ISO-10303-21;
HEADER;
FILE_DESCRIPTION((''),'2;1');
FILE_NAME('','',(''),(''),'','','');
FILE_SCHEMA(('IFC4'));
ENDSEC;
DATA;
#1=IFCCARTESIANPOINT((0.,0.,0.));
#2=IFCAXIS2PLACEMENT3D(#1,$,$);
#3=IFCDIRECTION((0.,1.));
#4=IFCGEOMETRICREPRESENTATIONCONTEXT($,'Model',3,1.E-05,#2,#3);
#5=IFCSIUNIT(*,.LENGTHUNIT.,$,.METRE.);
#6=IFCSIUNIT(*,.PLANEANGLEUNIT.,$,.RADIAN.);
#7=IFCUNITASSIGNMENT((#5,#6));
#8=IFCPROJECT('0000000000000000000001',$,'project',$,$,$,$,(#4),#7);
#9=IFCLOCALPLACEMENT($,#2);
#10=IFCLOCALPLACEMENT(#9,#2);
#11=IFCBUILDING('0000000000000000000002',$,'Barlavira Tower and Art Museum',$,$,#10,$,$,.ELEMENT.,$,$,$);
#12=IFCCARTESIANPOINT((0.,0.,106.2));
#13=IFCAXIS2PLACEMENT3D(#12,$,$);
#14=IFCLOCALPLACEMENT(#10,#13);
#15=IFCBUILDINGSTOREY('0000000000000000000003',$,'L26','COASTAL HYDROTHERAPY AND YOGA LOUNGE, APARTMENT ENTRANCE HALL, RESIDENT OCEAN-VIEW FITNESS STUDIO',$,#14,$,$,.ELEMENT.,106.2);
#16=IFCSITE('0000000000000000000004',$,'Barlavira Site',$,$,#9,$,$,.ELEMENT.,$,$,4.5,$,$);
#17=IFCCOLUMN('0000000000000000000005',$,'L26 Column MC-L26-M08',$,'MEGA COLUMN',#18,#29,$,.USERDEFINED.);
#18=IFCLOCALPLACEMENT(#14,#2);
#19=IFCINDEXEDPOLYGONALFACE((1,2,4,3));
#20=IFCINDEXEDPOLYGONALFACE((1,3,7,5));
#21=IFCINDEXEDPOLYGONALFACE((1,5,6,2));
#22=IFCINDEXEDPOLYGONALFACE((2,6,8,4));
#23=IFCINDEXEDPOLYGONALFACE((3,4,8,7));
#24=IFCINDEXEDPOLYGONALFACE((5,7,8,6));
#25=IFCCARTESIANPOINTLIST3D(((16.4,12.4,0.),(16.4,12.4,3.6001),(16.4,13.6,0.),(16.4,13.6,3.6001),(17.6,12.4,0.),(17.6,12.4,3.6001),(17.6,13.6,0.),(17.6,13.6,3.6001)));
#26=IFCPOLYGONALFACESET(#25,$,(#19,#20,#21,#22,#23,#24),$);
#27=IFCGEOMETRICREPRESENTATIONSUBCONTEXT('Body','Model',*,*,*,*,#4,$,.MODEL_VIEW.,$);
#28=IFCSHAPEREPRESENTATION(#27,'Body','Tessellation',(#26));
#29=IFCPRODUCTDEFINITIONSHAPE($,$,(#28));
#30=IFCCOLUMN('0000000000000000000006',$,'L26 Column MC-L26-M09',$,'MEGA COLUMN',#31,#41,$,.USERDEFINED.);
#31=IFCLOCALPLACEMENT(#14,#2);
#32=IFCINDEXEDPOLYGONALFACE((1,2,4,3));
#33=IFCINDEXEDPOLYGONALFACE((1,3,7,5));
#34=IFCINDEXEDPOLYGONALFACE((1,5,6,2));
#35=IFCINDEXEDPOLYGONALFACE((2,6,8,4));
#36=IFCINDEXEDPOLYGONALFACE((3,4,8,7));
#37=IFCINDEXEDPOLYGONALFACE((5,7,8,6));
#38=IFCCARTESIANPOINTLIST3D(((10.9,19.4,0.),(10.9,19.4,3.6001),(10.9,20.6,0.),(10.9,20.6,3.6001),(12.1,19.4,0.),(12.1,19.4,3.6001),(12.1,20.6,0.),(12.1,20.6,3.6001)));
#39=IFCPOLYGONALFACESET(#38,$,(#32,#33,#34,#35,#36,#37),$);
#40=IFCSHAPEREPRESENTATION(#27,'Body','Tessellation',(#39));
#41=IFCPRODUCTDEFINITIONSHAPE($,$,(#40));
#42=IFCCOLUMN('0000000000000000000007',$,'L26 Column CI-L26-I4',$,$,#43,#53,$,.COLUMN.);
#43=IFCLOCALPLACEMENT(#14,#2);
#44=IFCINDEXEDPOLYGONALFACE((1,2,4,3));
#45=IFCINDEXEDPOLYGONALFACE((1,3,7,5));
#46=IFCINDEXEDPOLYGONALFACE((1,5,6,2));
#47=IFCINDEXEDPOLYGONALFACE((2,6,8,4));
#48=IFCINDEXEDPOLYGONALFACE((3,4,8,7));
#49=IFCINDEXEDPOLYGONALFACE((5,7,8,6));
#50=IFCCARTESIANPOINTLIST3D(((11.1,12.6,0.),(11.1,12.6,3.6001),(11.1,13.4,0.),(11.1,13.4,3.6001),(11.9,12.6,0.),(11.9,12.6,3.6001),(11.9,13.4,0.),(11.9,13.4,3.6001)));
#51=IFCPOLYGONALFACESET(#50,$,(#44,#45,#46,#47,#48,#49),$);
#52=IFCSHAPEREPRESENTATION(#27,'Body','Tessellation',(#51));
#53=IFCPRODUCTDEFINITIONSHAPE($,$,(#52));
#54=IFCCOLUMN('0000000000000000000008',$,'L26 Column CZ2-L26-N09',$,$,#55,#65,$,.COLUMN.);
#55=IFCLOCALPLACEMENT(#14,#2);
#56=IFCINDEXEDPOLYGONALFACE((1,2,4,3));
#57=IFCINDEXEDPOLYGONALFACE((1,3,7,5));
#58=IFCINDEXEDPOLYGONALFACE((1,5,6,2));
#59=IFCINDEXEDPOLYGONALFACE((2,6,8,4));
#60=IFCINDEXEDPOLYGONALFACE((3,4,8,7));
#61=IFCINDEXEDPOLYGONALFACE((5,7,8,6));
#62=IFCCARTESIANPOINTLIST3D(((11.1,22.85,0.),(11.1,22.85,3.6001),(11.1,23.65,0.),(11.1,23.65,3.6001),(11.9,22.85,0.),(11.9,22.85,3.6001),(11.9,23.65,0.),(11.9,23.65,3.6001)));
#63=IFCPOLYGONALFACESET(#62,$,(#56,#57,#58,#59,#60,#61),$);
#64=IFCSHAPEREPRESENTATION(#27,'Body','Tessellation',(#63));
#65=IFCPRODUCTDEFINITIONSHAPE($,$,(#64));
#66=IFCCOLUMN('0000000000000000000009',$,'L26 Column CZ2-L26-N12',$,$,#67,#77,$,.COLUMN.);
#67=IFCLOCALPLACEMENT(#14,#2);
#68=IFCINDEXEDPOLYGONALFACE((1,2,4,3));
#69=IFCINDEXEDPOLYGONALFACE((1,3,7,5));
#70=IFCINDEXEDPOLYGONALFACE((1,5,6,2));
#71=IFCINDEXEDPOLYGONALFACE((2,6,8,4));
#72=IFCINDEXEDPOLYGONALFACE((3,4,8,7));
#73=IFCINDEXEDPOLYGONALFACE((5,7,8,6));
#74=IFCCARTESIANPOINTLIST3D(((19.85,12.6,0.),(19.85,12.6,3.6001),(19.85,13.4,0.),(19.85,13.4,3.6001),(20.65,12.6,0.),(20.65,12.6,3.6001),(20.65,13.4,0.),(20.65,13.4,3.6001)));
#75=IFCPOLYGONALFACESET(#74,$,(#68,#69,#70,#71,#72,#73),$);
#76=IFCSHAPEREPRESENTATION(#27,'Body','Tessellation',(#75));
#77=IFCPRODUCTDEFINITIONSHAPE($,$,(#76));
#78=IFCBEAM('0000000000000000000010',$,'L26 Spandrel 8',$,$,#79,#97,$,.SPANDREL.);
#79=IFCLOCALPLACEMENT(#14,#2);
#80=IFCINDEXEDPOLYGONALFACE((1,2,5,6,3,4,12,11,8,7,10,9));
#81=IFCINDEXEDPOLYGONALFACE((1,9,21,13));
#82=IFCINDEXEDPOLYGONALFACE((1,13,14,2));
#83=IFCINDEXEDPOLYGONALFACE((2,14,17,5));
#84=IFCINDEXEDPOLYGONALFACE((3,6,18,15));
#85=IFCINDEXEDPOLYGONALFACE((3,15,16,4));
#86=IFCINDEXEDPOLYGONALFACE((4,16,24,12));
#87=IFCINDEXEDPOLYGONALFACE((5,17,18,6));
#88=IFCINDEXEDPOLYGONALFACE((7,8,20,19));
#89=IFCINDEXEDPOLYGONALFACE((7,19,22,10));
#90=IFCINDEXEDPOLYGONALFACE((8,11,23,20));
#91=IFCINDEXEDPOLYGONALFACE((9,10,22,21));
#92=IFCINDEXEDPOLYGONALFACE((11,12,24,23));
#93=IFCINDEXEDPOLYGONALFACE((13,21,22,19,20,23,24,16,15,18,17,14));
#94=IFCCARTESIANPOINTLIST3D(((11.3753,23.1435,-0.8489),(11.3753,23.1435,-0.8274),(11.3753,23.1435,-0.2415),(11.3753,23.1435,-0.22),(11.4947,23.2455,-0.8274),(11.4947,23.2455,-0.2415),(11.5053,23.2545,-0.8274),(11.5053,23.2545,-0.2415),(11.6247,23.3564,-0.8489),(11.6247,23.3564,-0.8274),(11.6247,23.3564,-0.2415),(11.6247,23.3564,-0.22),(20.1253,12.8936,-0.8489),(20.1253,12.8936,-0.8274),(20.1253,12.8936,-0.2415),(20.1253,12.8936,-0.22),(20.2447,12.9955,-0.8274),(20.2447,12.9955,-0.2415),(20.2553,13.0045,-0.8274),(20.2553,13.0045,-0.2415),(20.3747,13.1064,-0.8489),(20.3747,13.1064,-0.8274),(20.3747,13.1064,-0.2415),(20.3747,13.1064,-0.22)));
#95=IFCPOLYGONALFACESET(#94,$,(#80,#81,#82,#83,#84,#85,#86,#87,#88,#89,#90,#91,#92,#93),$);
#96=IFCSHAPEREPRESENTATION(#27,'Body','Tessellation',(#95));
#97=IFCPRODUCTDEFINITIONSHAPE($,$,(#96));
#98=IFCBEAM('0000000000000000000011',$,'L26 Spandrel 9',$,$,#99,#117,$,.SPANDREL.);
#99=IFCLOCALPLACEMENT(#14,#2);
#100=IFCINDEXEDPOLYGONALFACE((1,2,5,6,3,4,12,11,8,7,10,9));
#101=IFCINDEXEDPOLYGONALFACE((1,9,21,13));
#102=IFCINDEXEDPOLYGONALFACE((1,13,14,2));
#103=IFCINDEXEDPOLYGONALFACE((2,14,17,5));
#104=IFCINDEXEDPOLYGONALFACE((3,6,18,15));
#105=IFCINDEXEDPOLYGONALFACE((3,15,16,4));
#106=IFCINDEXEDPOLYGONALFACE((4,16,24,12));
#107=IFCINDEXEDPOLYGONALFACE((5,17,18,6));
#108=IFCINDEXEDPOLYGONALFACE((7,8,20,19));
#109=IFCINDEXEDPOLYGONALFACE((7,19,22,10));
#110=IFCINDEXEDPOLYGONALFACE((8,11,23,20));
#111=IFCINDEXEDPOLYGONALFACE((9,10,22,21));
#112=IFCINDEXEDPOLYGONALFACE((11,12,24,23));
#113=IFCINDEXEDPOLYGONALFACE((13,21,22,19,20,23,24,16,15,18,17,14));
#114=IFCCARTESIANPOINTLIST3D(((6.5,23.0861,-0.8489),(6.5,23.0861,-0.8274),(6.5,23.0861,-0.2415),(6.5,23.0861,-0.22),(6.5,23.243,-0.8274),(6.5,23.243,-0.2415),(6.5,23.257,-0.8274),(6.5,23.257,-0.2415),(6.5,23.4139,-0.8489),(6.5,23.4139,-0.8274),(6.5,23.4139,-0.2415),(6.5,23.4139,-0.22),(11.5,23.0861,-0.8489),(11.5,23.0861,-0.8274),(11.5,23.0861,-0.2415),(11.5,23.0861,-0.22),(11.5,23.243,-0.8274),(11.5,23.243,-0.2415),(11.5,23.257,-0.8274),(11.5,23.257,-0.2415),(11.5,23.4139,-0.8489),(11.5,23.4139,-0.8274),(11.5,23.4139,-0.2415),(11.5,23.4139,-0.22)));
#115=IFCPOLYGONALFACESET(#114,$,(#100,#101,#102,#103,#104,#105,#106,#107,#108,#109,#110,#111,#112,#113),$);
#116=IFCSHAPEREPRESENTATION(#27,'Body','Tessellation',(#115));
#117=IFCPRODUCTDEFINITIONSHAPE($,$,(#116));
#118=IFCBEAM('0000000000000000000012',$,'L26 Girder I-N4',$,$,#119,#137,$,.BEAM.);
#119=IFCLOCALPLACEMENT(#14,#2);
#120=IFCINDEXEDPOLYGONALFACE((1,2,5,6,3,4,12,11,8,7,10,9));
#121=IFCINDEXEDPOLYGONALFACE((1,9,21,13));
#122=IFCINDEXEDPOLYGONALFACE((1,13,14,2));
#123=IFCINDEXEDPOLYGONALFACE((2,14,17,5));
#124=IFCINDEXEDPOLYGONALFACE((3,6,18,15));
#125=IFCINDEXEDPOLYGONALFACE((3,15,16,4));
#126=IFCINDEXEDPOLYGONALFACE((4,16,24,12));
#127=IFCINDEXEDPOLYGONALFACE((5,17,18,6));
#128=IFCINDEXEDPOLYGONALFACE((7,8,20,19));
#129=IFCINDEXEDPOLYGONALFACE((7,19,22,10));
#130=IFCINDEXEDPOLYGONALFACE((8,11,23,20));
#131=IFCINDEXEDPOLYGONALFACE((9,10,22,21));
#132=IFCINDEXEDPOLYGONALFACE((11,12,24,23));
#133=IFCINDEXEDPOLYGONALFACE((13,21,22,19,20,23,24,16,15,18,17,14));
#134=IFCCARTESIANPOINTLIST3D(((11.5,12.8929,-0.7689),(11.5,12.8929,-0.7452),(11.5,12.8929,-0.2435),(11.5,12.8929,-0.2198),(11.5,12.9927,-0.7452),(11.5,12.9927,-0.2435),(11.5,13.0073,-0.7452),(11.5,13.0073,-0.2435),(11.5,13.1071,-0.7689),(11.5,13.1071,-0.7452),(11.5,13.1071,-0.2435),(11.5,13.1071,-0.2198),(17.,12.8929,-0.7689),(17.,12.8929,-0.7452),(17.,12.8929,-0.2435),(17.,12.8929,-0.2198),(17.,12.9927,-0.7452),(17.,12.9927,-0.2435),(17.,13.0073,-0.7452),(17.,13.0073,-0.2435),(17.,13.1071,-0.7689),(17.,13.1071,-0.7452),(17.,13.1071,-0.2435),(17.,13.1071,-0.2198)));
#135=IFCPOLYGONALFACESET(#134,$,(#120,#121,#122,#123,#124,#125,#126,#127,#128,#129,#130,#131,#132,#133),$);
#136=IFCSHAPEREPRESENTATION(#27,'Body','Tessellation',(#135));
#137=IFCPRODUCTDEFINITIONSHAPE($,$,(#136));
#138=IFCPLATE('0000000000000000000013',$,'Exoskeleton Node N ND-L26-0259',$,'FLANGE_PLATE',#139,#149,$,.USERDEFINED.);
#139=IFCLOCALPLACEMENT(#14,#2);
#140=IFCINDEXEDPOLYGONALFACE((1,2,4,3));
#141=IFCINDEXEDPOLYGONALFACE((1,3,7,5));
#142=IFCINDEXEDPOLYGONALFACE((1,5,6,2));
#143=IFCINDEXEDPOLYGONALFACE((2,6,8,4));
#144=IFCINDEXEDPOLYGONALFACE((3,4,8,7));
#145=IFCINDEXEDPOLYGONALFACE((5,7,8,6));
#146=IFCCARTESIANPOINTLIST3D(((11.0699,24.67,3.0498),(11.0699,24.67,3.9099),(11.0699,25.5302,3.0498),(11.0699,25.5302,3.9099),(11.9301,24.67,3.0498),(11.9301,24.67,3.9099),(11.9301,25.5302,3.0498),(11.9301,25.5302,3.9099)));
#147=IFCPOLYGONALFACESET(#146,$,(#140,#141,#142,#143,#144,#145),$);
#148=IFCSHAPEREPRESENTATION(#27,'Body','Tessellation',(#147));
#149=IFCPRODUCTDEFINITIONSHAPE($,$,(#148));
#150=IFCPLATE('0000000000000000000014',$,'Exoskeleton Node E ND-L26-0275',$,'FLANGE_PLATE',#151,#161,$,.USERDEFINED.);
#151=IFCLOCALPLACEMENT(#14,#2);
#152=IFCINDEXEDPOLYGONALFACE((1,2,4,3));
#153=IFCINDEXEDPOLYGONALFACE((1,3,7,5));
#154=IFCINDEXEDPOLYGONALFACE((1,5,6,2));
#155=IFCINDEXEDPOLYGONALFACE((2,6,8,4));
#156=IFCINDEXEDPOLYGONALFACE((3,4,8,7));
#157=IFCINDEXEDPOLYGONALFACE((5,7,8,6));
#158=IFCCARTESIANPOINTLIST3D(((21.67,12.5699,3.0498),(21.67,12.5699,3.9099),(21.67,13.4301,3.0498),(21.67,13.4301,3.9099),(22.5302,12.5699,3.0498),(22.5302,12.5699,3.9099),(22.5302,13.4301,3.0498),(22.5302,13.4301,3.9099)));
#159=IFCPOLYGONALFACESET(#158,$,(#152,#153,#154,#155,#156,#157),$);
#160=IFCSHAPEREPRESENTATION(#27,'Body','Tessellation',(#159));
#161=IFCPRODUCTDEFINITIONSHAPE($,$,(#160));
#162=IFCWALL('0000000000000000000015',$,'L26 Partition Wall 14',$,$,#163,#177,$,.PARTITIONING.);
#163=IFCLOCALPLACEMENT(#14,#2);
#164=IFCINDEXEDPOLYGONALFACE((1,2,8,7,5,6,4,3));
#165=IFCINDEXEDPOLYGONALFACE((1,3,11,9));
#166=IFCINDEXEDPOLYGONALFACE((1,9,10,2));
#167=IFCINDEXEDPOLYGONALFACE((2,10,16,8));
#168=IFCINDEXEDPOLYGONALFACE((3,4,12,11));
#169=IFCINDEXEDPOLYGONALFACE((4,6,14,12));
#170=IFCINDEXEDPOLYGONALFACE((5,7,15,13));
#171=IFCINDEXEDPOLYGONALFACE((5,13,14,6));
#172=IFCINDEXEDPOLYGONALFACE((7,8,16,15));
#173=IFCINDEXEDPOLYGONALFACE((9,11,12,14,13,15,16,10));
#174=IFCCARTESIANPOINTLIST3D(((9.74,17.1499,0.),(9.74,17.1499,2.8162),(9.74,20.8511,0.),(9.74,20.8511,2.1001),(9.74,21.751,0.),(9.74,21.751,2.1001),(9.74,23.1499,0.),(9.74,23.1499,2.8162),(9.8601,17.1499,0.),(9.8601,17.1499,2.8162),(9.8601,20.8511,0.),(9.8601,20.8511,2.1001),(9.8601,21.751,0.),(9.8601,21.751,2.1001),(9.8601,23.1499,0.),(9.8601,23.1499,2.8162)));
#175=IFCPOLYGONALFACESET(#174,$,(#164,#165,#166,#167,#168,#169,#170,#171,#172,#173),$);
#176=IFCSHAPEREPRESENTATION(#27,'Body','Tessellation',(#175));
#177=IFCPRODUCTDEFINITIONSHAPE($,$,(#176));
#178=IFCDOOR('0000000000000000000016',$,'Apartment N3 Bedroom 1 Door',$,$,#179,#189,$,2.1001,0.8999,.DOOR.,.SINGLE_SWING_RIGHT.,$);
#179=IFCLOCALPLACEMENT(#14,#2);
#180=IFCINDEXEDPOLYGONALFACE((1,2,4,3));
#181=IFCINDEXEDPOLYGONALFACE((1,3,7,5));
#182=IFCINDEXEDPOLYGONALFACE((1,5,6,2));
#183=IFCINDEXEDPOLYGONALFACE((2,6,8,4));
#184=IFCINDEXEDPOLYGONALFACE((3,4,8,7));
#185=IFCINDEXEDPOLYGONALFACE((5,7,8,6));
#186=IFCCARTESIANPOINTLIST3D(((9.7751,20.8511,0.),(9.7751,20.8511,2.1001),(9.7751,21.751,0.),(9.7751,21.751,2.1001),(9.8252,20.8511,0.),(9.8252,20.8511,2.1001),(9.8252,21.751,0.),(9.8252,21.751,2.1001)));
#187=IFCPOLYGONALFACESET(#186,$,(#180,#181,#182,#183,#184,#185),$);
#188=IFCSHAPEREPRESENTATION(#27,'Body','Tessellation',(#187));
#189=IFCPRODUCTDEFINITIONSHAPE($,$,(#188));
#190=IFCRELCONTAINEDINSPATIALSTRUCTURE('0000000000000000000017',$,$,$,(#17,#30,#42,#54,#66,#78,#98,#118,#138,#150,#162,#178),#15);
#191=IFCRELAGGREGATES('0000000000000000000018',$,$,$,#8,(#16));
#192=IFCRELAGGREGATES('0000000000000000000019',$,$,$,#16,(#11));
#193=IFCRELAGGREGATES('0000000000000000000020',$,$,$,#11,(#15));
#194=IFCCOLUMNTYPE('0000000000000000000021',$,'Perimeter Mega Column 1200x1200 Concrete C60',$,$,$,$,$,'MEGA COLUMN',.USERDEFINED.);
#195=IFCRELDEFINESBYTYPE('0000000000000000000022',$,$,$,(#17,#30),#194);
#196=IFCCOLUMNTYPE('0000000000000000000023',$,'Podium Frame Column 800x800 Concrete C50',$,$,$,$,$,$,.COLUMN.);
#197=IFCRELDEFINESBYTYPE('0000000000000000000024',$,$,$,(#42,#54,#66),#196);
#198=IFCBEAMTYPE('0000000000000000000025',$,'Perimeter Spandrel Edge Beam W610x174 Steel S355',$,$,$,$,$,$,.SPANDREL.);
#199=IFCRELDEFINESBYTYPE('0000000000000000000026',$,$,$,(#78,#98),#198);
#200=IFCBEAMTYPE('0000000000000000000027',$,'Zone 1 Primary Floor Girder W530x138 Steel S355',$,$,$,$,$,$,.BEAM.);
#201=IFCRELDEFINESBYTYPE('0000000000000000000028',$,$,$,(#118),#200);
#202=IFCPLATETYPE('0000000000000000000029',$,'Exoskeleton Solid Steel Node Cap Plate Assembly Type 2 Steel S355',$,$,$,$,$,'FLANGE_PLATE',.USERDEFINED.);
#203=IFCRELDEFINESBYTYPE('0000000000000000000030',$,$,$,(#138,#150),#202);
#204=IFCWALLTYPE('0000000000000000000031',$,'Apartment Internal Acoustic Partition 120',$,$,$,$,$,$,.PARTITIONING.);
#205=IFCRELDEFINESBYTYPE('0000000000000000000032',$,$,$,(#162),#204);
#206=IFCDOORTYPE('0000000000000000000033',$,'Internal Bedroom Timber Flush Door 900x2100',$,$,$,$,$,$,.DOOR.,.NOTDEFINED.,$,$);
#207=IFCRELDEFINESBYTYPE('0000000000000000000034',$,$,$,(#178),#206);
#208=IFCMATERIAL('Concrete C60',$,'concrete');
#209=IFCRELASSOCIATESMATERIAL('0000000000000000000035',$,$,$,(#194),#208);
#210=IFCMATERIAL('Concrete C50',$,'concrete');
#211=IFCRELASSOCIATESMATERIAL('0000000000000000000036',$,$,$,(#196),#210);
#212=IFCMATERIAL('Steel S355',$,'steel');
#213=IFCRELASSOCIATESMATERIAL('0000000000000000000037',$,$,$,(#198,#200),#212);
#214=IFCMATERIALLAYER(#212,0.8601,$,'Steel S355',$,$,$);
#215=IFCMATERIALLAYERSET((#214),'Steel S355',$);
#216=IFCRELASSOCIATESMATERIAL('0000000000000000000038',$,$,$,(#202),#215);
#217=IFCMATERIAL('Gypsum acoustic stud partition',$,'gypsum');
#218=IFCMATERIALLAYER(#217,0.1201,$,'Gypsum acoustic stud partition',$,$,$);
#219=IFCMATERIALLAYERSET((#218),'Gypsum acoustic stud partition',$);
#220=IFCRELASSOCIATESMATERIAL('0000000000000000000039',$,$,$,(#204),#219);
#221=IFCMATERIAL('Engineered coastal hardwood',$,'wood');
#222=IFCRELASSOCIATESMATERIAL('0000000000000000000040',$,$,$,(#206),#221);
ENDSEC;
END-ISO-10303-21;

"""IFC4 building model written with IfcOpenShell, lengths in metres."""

from ifc_helpers import new_model, si_unit, direction, frame, frame_2d, origin, origin_2d, place, context, subcontext, project, spatial, rectangle, i_section, extrude, material, layer, layer_set, material_profile, profile_set, type_object, element, fill, save


model = new_model("IFC4")

# Units and contexts
model_context = context("Model", 3, precision=1e-05, world=origin(), true_north=direction((0.0, 1.0)))
body_context = subcontext(model_context, "Body", "Model", "MODEL_VIEW")
ifc_project = project(units=[si_unit("LENGTHUNIT", "METRE"), si_unit("PLANEANGLEUNIT", "RADIAN")], contexts=[model_context])

# Site, building, storey
site_placement = place(None, origin())
site = spatial("IfcSite", under=ifc_project, at=site_placement, Name="Barlavira Site", CompositionType="ELEMENT", RefElevation=4.5)
building_placement = place(site_placement, origin())
building = spatial("IfcBuilding", under=site, at=building_placement, Name="Barlavira Tower and Art Museum", CompositionType="ELEMENT")
storey_placement = place(building_placement, frame((0.0, 0.0, 106.2)))
storey = spatial("IfcBuildingStorey", under=building, at=storey_placement, Name="L26", Description="COASTAL HYDROTHERAPY AND YOGA LOUNGE, APARTMENT ENTRANCE HALL, RESIDENT OCEAN-VIEW FITNESS STUDIO", CompositionType="ELEMENT", Elevation=106.2)

# Columns
ifc_material_1 = material(Name="Concrete C60", Category="concrete")
ifc_material_profile_1 = material_profile(ifc_material_1, rectangle(XDim=1.2, YDim=1.2, at=origin_2d()), Name="RC-COL 1200x1200")
ifc_profile_set_1 = profile_set([ifc_material_profile_1], Name="Concrete C60")
column_type_1 = type_object("IfcColumnType", Name="Perimeter Mega Column 1200x1200 Concrete C60", ElementType="MEGA COLUMN", PredefinedType="USERDEFINED", material=ifc_profile_set_1)
for number, where, z_axis, x_axis, name in (
    (1, (17.0, 13.0, 0.0), (0.0, 0.0, 1.0), (1.0, 0.0, 0.0), "L26 Column MC-L26-M08"),
    (2, (11.5, 20.0, 0.0), (0.0, 0.0, 1.0), (1.0, 0.0, 0.0), "L26 Column MC-L26-M09"),
):
    element("IfcColumn", number, at=place(storey_placement, frame(where, z_axis=z_axis, x_axis=x_axis)), inside=storey, type_object=column_type_1, Name=name, ObjectType="MEGA COLUMN", PredefinedType="USERDEFINED", context=body_context, shape_type="SweptSolid", body=[
        extrude(rectangle(XDim=1.2, YDim=1.2, at=origin_2d()), origin(), (0.0, 0.0, 1.0), 3.6001),
    ])
ifc_material_2 = material(Name="Concrete C50", Category="concrete")
ifc_material_profile_2 = material_profile(ifc_material_2, rectangle(XDim=0.8, YDim=0.8, at=origin_2d()), Name="RC-COL 800x800")
ifc_profile_set_2 = profile_set([ifc_material_profile_2], Name="Concrete C50")
column_type_2 = type_object("IfcColumnType", Name="Podium Frame Column 800x800 Concrete C50", PredefinedType="COLUMN", material=ifc_profile_set_2)
for number, where, z_axis, x_axis, name in (
    (3, (11.5, 13.0, 0.0), (0.0, 0.0, 1.0), (1.0, 0.0, 0.0), "L26 Column CI-L26-I4"),
    (4, (11.5, 23.25, 0.0), (0.0, 0.0, 1.0), (1.0, 0.0, 0.0), "L26 Column CZ2-L26-N09"),
    (5, (20.25, 13.0, 0.0), (0.0, 0.0, 1.0), (1.0, 0.0, 0.0), "L26 Column CZ2-L26-N12"),
):
    element("IfcColumn", number, at=place(storey_placement, frame(where, z_axis=z_axis, x_axis=x_axis)), inside=storey, type_object=column_type_2, Name=name, PredefinedType="COLUMN", context=body_context, shape_type="SweptSolid", body=[
        extrude(rectangle(XDim=0.8, YDim=0.8, at=origin_2d()), origin(), (0.0, 0.0, 1.0), 3.6001),
    ])

# Beams
ifc_material_3 = material(Name="Steel S355", Category="steel")
ifc_material_profile_3 = material_profile(ifc_material_3, i_section(OverallWidth=0.3279, OverallDepth=0.6289, WebThickness=0.0139, FlangeThickness=0.0215, at=origin_2d()), Name="W610x174.0")
ifc_profile_set_3 = profile_set([ifc_material_profile_3], Name="Steel S355")
beam_type_1 = type_object("IfcBeamType", Name="Perimeter Spandrel Edge Beam W610x174 Steel S355", PredefinedType="SPANDREL", material=ifc_profile_set_3)
beam_1_placement = place(storey_placement, frame((20.25, 13.0, -0.5344), z_axis=(-0.649262, 0.760565, 0.0), x_axis=(-0.760565, -0.649262, 0.0)))
element("IfcBeam", 6, at=beam_1_placement, inside=storey, type_object=beam_type_1, Name="L26 Spandrel 8", PredefinedType="SPANDREL", context=body_context, shape_type="SweptSolid", body=[
    extrude(i_section(OverallWidth=0.3279, OverallDepth=0.6289, WebThickness=0.0139, FlangeThickness=0.0215, at=origin_2d()), origin(), (0.0, 0.0, 1.0), 13.4768),
])
beam_2_placement = place(storey_placement, frame((6.5, 23.25, -0.5344), z_axis=(1.0, 0.0, 0.0), x_axis=(0.0, 1.0, 0.0)))
element("IfcBeam", 7, at=beam_2_placement, inside=storey, type_object=beam_type_1, Name="L26 Spandrel 9", PredefinedType="SPANDREL", context=body_context, shape_type="SweptSolid", body=[
    extrude(i_section(OverallWidth=0.3279, OverallDepth=0.6289, WebThickness=0.0139, FlangeThickness=0.0215, at=origin_2d()), origin(), (0.0, 0.0, 1.0), 5.0),
])
ifc_material_profile_4 = material_profile(ifc_material_3, i_section(OverallWidth=0.2141, OverallDepth=0.5491, WebThickness=0.0146, FlangeThickness=0.0237, at=origin_2d()), Name="W530x138.0")
ifc_profile_set_4 = profile_set([ifc_material_profile_4], Name="Steel S355")
beam_type_2 = type_object("IfcBeamType", Name="Zone 1 Primary Floor Girder W530x138 Steel S355", PredefinedType="BEAM", material=ifc_profile_set_4)
beam_3_placement = place(storey_placement, frame((11.5, 13.0, -0.4944), z_axis=(1.0, 0.0, 0.0), x_axis=(0.0, 1.0, 0.0)))
element("IfcBeam", 8, at=beam_3_placement, inside=storey, type_object=beam_type_2, Name="L26 Girder I-N4", PredefinedType="BEAM", context=body_context, shape_type="SweptSolid", body=[
    extrude(i_section(OverallWidth=0.2141, OverallDepth=0.5491, WebThickness=0.0146, FlangeThickness=0.0237, at=origin_2d()), origin(), (0.0, 0.0, 1.0), 5.5),
])

# Plates
ifc_layer_1 = layer(ifc_material_3, 0.8601, Name="Steel S355")
ifc_layer_set_1 = layer_set([ifc_layer_1], Name="Steel S355")
plate_type = type_object("IfcPlateType", Name="Exoskeleton Solid Steel Node Cap Plate Assembly Type 2 Steel S355", ElementType="FLANGE_PLATE", PredefinedType="USERDEFINED", material=ifc_layer_set_1)
for number, where, z_axis, x_axis, name in (
    (9, (11.5, 25.1001, 3.0498), (0.0, 0.0, 1.0), (1.0, 0.0, 0.0), "Exoskeleton Node N ND-L26-0259"),
    (10, (22.1001, 13.0, 3.0498), (0.0, 0.0, 1.0), (1.0, 0.0, 0.0), "Exoskeleton Node E ND-L26-0275"),
):
    element("IfcPlate", number, at=place(storey_placement, frame(where, z_axis=z_axis, x_axis=x_axis)), inside=storey, type_object=plate_type, Name=name, ObjectType="FLANGE_PLATE", PredefinedType="USERDEFINED", context=body_context, shape_type="SweptSolid", body=[
        extrude(rectangle(XDim=0.8601, YDim=0.8601, at=origin_2d()), origin(), (0.0, 0.0, 1.0), 0.8601),
    ])

# Wall, opening, door
ifc_material_4 = material(Name="Gypsum acoustic stud partition", Category="gypsum")
ifc_layer_2 = layer(ifc_material_4, 0.1201, Name="Gypsum acoustic stud partition")
ifc_layer_set_2 = layer_set([ifc_layer_2], Name="Gypsum acoustic stud partition")
wall_type_1 = type_object("IfcWallType", Name="Apartment Internal Acoustic Partition 120", PredefinedType="PARTITIONING", material=ifc_layer_set_2)
wall_1_placement = place(storey_placement, frame((9.8, 17.1499, 0.0), z_axis=(0.0, 0.0, 1.0), x_axis=(0.0, 1.0, 0.0)))
wall_1 = element("IfcWall", 11, at=wall_1_placement, inside=storey, type_object=wall_type_1, Name="L26 Partition Wall 14", PredefinedType="PARTITIONING", context=body_context, shape_type="SweptSolid", body=[
    extrude(rectangle(XDim=6.0, YDim=0.1201, at=frame_2d((3.0, 0.0))), origin(), (0.0, 0.0, 1.0), 2.8162),
])
opening_1_placement = place(wall_1_placement, frame((3.7012, 0.0, 0.0)))
opening_1 = element("IfcOpeningElement", 12, at=opening_1_placement, cuts=wall_1, PredefinedType="OPENING", context=body_context, shape_type="SweptSolid", body=[
    extrude(rectangle(XDim=0.8999, YDim=2.1001, at=frame_2d((0.45, 1.05))), frame((0.0, 0.0701, 0.0), z_axis=(0.0, -1.0, 0.0), x_axis=(1.0, 0.0, 0.0)), (0.0, 0.0, 1.0), 0.1401),
])
ifc_material_5 = material(Name="Engineered coastal hardwood", Category="wood")
door_type = type_object("IfcDoorType", Name="Internal Bedroom Timber Flush Door 900x2100", OperationType="NOTDEFINED", PredefinedType="DOOR", material=ifc_material_5)
door_placement = place(opening_1_placement, origin())
door = element("IfcDoor", 13, at=door_placement, inside=storey, type_object=door_type, Name="Apartment N3 Bedroom 1 Door", OperationType="SINGLE_SWING_RIGHT", OverallHeight=2.1001, OverallWidth=0.8999, PredefinedType="DOOR", context=body_context, shape_type="SweptSolid", body=[
    extrude(rectangle(XDim=0.8999, YDim=2.1001, at=frame_2d((0.45, 1.05))), frame((0.0, 0.0249, 0.0), z_axis=(0.0, -1.0, 0.0), x_axis=(1.0, 0.0, 0.0)), (0.0, 0.0, 1.0), 0.05),
])
fill(opening_1, door)

save(model, "model.ifc")
